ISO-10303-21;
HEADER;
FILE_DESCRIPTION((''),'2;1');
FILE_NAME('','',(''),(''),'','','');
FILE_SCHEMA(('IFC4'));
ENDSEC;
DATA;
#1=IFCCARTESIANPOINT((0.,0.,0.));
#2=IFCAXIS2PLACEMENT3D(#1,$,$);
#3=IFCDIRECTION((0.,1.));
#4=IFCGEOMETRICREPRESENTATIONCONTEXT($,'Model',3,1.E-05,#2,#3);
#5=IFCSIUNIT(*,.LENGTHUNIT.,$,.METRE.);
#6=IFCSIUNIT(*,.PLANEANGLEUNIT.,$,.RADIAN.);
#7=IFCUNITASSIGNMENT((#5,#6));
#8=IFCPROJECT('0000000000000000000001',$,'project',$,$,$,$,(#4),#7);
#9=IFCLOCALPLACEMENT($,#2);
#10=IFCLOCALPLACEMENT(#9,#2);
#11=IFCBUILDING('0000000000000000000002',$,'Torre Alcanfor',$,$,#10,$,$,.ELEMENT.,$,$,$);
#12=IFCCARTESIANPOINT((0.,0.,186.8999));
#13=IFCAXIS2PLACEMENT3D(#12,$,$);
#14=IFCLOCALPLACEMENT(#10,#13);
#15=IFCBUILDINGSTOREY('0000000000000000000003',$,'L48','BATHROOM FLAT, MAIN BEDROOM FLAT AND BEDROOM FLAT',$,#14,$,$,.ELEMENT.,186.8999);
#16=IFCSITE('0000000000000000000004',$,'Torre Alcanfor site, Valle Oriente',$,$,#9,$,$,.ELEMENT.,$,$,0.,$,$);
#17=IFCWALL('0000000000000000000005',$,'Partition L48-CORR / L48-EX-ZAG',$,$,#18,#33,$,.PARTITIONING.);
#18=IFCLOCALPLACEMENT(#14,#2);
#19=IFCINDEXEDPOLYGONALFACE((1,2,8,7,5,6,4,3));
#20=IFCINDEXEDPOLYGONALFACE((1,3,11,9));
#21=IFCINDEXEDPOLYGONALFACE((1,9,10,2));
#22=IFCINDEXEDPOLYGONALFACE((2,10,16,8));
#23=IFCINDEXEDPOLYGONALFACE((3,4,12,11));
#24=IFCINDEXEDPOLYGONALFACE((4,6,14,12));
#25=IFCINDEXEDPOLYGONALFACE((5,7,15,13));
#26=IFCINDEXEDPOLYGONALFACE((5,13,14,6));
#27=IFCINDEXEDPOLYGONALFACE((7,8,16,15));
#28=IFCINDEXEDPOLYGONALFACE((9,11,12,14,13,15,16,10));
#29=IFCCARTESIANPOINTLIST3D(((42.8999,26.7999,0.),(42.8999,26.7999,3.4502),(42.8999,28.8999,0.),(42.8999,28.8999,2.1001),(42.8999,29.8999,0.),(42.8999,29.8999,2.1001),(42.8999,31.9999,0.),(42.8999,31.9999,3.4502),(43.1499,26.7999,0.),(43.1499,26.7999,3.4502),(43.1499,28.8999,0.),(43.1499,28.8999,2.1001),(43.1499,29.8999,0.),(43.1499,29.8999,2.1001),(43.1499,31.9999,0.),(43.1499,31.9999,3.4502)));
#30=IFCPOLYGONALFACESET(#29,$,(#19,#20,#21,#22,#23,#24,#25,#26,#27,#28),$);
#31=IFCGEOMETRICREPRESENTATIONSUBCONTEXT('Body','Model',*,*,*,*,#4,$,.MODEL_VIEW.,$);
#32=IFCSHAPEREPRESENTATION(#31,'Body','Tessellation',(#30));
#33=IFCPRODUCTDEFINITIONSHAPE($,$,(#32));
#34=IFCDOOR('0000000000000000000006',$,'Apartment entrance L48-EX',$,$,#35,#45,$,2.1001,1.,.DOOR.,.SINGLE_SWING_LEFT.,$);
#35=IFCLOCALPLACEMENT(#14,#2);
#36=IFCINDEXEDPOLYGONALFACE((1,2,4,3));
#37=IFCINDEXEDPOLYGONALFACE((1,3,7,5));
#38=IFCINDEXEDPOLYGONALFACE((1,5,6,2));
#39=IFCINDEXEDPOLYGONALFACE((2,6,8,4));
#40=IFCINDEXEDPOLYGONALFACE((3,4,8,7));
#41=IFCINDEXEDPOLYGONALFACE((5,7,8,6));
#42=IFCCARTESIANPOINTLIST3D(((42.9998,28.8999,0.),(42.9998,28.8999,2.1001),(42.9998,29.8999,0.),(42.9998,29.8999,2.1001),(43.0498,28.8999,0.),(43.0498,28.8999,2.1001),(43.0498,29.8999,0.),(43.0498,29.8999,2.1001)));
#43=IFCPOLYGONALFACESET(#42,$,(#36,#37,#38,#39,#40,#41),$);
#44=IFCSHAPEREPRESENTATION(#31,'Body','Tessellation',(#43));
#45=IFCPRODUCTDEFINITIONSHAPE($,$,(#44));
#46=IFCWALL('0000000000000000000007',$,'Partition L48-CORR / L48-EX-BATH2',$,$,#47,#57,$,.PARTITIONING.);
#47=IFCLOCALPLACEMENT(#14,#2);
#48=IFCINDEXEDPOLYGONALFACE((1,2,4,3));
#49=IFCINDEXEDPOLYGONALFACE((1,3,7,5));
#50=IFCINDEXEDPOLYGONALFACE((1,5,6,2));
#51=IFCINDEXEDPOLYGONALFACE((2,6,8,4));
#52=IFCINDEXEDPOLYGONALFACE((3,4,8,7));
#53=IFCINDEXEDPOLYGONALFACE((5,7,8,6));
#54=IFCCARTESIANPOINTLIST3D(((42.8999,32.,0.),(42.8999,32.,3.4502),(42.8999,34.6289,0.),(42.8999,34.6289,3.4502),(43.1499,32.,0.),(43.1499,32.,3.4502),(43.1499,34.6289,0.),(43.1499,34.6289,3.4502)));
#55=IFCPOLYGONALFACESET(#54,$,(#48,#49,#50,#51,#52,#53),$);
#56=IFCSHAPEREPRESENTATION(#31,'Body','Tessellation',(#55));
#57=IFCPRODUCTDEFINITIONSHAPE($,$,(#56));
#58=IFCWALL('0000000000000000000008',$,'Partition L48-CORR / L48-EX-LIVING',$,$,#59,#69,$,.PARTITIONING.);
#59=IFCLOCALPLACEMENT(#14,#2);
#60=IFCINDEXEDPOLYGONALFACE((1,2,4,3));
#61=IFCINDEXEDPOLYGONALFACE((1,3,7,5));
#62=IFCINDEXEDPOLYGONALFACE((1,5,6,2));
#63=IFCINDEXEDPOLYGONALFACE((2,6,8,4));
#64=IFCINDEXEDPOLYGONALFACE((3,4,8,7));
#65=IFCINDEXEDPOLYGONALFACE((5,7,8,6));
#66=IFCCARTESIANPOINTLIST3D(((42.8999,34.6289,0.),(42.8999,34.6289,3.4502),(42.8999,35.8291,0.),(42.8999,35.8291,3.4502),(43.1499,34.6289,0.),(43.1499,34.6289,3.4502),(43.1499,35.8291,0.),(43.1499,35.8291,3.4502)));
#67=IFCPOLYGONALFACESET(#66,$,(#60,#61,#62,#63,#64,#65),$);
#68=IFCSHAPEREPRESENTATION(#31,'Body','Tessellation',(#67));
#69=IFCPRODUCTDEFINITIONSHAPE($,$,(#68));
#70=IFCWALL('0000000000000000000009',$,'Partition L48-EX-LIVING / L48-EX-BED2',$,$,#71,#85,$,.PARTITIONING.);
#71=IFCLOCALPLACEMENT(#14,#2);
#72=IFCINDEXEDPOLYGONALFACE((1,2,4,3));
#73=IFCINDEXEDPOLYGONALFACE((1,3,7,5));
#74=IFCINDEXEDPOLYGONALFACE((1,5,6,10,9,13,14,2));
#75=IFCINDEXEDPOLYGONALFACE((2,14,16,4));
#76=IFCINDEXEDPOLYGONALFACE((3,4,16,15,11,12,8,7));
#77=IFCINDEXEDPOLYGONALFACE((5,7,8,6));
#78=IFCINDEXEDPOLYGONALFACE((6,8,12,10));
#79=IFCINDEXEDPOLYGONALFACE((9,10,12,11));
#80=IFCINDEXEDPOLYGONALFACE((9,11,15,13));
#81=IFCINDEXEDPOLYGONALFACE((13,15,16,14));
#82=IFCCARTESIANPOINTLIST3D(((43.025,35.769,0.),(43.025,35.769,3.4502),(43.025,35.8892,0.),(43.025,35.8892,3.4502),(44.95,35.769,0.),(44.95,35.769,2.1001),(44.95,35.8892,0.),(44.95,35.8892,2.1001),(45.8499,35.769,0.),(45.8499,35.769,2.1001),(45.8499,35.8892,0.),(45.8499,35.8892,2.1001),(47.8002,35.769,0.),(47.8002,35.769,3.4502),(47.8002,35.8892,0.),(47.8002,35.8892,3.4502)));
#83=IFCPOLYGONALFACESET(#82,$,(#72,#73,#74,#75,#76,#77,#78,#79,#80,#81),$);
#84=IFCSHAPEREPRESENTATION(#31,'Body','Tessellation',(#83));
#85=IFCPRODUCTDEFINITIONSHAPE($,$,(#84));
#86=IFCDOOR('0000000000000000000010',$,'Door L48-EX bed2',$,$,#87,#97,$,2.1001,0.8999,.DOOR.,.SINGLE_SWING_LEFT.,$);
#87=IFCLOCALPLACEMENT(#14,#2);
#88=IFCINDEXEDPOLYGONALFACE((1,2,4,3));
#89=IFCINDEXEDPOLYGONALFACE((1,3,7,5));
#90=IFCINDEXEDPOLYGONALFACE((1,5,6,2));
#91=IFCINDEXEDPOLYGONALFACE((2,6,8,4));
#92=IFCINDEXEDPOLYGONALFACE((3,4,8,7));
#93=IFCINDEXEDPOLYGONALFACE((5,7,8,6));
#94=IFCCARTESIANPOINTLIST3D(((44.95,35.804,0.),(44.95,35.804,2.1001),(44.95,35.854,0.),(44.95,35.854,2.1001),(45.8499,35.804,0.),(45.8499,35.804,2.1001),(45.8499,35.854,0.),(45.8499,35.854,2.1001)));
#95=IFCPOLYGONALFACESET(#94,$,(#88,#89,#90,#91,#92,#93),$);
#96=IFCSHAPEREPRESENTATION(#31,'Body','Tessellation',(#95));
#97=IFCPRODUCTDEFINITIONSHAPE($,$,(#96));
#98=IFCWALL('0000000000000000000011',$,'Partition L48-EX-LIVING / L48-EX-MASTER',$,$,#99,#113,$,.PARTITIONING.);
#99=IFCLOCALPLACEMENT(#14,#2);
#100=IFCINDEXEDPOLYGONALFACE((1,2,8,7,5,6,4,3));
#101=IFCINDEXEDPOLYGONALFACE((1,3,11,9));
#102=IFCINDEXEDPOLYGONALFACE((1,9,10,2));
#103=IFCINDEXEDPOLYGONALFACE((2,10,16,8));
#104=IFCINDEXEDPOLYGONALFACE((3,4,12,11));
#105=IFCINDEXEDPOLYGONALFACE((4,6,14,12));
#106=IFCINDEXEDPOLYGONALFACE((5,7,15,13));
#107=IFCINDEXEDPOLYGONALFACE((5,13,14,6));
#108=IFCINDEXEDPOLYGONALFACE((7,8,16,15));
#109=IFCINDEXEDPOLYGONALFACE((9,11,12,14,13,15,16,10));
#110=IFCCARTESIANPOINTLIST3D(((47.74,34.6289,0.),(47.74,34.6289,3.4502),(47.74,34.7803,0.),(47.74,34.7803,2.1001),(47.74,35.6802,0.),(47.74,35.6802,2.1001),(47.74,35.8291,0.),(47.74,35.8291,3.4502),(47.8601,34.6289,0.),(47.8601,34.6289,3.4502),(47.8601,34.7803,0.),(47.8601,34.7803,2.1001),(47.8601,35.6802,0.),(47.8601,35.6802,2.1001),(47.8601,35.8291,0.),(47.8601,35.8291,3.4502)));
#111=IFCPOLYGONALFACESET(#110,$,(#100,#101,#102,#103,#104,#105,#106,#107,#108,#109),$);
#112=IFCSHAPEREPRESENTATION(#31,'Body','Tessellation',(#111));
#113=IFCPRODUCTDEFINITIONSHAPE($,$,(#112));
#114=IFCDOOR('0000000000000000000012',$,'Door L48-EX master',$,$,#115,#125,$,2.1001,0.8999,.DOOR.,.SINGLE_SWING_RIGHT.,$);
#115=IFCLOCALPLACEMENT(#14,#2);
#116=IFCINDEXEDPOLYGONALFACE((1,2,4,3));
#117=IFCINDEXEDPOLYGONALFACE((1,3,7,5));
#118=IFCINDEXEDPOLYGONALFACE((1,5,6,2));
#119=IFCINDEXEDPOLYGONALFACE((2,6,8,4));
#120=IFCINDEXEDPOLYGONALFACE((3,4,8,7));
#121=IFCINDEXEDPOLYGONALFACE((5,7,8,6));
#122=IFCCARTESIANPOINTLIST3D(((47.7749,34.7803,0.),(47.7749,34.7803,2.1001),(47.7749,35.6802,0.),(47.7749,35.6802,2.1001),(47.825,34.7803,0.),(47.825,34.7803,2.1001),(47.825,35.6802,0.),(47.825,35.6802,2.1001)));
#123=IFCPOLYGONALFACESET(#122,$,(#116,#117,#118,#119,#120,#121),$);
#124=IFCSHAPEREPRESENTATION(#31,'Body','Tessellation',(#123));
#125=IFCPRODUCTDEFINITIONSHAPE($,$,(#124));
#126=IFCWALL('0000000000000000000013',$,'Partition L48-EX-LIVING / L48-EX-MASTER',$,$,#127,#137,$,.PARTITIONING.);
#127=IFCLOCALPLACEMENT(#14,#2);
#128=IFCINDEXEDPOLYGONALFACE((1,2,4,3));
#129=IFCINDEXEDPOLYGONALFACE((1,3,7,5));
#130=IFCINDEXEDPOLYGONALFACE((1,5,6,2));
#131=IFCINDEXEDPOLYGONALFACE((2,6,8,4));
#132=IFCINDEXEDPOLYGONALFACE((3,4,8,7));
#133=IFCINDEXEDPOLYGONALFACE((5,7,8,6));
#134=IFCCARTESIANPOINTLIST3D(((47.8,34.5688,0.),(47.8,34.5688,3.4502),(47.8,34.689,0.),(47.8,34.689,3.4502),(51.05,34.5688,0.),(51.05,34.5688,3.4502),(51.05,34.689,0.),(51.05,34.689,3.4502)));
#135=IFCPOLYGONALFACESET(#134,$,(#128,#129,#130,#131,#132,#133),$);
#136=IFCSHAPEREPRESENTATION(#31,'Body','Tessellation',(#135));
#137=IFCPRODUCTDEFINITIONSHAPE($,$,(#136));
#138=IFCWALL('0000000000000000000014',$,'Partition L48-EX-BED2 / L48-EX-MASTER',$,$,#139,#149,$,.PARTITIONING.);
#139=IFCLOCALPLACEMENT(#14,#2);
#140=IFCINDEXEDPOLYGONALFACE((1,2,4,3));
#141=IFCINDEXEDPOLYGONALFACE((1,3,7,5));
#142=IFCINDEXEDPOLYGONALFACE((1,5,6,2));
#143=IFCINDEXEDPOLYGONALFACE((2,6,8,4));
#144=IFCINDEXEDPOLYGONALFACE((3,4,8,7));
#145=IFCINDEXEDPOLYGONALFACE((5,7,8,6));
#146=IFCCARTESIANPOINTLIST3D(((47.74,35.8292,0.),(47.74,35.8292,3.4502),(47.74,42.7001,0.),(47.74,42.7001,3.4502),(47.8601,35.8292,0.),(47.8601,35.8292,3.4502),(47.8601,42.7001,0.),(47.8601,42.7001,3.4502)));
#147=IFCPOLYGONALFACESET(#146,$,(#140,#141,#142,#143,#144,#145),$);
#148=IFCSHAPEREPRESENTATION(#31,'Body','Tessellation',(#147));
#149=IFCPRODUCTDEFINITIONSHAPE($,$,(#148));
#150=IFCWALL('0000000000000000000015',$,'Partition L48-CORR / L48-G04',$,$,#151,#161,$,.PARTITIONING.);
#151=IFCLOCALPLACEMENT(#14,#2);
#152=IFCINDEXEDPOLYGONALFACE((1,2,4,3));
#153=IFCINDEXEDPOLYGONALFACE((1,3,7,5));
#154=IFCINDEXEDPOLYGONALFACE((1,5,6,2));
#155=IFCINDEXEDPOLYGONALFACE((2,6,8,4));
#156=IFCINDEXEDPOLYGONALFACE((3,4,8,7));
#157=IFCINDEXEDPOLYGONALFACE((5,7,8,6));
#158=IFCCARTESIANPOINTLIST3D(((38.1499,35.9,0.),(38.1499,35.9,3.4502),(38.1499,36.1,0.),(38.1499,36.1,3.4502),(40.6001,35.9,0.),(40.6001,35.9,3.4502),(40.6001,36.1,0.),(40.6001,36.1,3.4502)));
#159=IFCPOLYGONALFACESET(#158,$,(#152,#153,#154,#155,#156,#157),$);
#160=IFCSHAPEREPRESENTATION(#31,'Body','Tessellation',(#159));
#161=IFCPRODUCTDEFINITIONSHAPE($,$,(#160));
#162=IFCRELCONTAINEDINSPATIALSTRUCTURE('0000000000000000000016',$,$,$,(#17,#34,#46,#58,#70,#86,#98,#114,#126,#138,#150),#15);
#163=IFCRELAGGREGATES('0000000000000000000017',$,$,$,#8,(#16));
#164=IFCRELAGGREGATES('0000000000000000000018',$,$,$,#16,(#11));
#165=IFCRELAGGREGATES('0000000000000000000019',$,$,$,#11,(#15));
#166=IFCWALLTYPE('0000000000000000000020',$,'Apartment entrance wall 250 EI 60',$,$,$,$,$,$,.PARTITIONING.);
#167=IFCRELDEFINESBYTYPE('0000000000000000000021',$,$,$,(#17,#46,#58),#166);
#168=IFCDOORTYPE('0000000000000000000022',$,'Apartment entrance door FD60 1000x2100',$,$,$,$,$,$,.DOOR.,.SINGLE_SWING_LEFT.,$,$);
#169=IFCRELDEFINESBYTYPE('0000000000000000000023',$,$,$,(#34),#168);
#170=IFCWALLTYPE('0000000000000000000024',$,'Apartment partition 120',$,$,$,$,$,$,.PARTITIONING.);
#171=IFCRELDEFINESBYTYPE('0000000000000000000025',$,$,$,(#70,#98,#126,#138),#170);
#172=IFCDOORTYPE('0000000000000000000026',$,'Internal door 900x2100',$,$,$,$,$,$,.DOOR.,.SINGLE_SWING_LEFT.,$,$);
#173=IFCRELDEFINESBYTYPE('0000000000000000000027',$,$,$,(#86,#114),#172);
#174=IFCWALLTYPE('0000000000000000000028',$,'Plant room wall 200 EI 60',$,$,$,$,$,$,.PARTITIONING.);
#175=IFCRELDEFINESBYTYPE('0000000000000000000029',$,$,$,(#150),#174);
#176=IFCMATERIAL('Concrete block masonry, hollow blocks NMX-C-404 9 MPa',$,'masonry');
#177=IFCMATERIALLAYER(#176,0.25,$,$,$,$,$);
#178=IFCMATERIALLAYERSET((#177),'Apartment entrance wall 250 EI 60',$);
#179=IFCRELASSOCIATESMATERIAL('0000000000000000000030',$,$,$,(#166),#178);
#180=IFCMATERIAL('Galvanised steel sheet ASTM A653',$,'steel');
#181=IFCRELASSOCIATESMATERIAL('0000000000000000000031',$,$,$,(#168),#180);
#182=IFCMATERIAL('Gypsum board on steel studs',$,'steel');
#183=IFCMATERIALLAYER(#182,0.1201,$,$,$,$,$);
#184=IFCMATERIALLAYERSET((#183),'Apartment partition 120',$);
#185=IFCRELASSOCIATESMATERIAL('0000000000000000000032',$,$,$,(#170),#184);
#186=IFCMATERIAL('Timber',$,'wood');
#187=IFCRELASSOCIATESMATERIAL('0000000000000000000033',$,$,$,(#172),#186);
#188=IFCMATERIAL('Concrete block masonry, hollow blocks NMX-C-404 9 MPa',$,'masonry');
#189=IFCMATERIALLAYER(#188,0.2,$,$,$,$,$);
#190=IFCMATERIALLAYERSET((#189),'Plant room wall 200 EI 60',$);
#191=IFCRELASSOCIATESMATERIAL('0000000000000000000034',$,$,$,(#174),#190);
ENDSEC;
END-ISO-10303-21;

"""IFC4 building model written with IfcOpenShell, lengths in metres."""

from ifc_helpers import new_model, si_unit, direction, frame, frame_2d, origin, place, context, subcontext, project, spatial, rectangle, extrude, material, layer, layer_set, type_object, element, fill, save


model = new_model("IFC4")

# Units and contexts
model_context = context("Model", 3, precision=1e-05, world=origin(), true_north=direction((0.0, 1.0)))
body_context = subcontext(model_context, "Body", "Model", "MODEL_VIEW")
ifc_project = project(units=[si_unit("LENGTHUNIT", "METRE"), si_unit("PLANEANGLEUNIT", "RADIAN")], contexts=[model_context])

# Site, building, storey
site_placement = place(None, origin())
site = spatial("IfcSite", under=ifc_project, at=site_placement, Name="Torre Alcanfor site, Valle Oriente", CompositionType="ELEMENT", RefElevation=0.0)
building_placement = place(site_placement, origin())
building = spatial("IfcBuilding", under=site, at=building_placement, Name="Torre Alcanfor", CompositionType="ELEMENT")
storey_placement = place(building_placement, frame((0.0, 0.0, 186.8999)))
storey = spatial("IfcBuildingStorey", under=building, at=storey_placement, Name="L48", Description="BATHROOM FLAT, MAIN BEDROOM FLAT AND BEDROOM FLAT", CompositionType="ELEMENT", Elevation=186.8999)

# Wall, opening, door
ifc_material_1 = material(Name="Concrete block masonry, hollow blocks NMX-C-404 9 MPa", Category="masonry")
ifc_layer_1 = layer(ifc_material_1, 0.25)
ifc_layer_set_1 = layer_set([ifc_layer_1], Name="Apartment entrance wall 250 EI 60")
wall_type_1 = type_object("IfcWallType", Name="Apartment entrance wall 250 EI 60", PredefinedType="PARTITIONING", material=ifc_layer_set_1)
wall_1_placement = place(storey_placement, frame((43.0249, 32.0, 0.0), z_axis=(0.0, 0.0, 1.0), x_axis=(0.0, -1.0, 0.0)))
wall_1 = element("IfcWall", 1, at=wall_1_placement, inside=storey, type_object=wall_type_1, Name="Partition L48-CORR / L48-EX-ZAG", PredefinedType="PARTITIONING", context=body_context, shape_type="SweptSolid", body=[
    extrude(rectangle(XDim=5.2, YDim=0.25, at=frame_2d((2.6001, 0.0))), origin(), (0.0, 0.0, 1.0), 3.4502),
])
opening_1_placement = place(wall_1_placement, frame((2.1001, 0.0, 0.0)))
opening_1 = element("IfcOpeningElement", 2, at=opening_1_placement, cuts=wall_1, PredefinedType="OPENING", context=body_context, shape_type="SweptSolid", body=[
    extrude(rectangle(XDim=1.0, YDim=2.1001, at=frame_2d((0.5, 1.05))), frame((0.0, 0.135, 0.0), z_axis=(0.0, -1.0, 0.0), x_axis=(1.0, 0.0, 0.0)), (0.0, 0.0, 1.0), 0.27),
])
ifc_material_2 = material(Name="Galvanised steel sheet ASTM A653", Category="steel")
door_type_1 = type_object("IfcDoorType", Name="Apartment entrance door FD60 1000x2100", OperationType="SINGLE_SWING_LEFT", PredefinedType="DOOR", material=ifc_material_2)
door_1_placement = place(opening_1_placement, origin())
door_1 = element("IfcDoor", 3, at=door_1_placement, inside=storey, type_object=door_type_1, Name="Apartment entrance L48-EX", OperationType="SINGLE_SWING_LEFT", OverallHeight=2.1001, OverallWidth=1.0, PredefinedType="DOOR", context=body_context, shape_type="SweptSolid", body=[
    extrude(rectangle(XDim=1.0, YDim=2.1001, at=frame_2d((0.5, 1.05))), frame((0.0, 0.0249, 0.0), z_axis=(0.0, -1.0, 0.0), x_axis=(1.0, 0.0, 0.0)), (0.0, 0.0, 1.0), 0.05),
])
fill(opening_1, door_1)

# Walls
wall_2_placement = place(storey_placement, frame((43.0249, 34.6289, 0.0), z_axis=(0.0, 0.0, 1.0), x_axis=(0.0, -1.0, 0.0)))
element("IfcWall", 4, at=wall_2_placement, inside=storey, type_object=wall_type_1, Name="Partition L48-CORR / L48-EX-BATH2", PredefinedType="PARTITIONING", context=body_context, shape_type="SweptSolid", body=[
    extrude(rectangle(XDim=2.6289, YDim=0.25, at=frame_2d((1.3145, 0.0))), origin(), (0.0, 0.0, 1.0), 3.4502),
])
wall_3_placement = place(storey_placement, frame((43.0249, 35.8291, 0.0), z_axis=(0.0, 0.0, 1.0), x_axis=(0.0, -1.0, 0.0)))
element("IfcWall", 5, at=wall_3_placement, inside=storey, type_object=wall_type_1, Name="Partition L48-CORR / L48-EX-LIVING", PredefinedType="PARTITIONING", context=body_context, shape_type="SweptSolid", body=[
    extrude(rectangle(XDim=1.2002, YDim=0.25, at=frame_2d((0.6001, 0.0))), origin(), (0.0, 0.0, 1.0), 3.4502),
])

# Walls, openings, doors
ifc_material_3 = material(Name="Gypsum board on steel studs", Category="steel")
ifc_layer_2 = layer(ifc_material_3, 0.1201)
ifc_layer_set_2 = layer_set([ifc_layer_2], Name="Apartment partition 120")
wall_type_2 = type_object("IfcWallType", Name="Apartment partition 120", PredefinedType="PARTITIONING", material=ifc_layer_set_2)
wall_4_placement = place(storey_placement, frame((43.0249, 35.8291, 0.0), z_axis=(0.0, 0.0, 1.0), x_axis=(1.0, 0.0, 0.0)))
wall_4 = element("IfcWall", 6, at=wall_4_placement, inside=storey, type_object=wall_type_2, Name="Partition L48-EX-LIVING / L48-EX-BED2", PredefinedType="PARTITIONING", context=body_context, shape_type="SweptSolid", body=[
    extrude(rectangle(XDim=4.7751, YDim=0.1201, at=frame_2d((2.3877, 0.0))), origin(), (0.0, 0.0, 1.0), 3.4502),
])
opening_2_placement = place(wall_4_placement, frame((1.925, 0.0, 0.0)))
opening_2 = element("IfcOpeningElement", 7, at=opening_2_placement, cuts=wall_4, PredefinedType="OPENING", context=body_context, shape_type="SweptSolid", body=[
    extrude(rectangle(XDim=0.8999, YDim=2.1001, at=frame_2d((0.45, 1.05))), frame((0.0, 0.0701, 0.0), z_axis=(0.0, -1.0, 0.0), x_axis=(1.0, 0.0, 0.0)), (0.0, 0.0, 1.0), 0.1401),
])
ifc_material_4 = material(Name="Timber", Category="wood")
door_type_2 = type_object("IfcDoorType", Name="Internal door 900x2100", OperationType="SINGLE_SWING_LEFT", PredefinedType="DOOR", material=ifc_material_4)
door_2_placement = place(opening_2_placement, origin())
door_2 = element("IfcDoor", 8, at=door_2_placement, inside=storey, type_object=door_type_2, Name="Door L48-EX bed2", OperationType="SINGLE_SWING_LEFT", OverallHeight=2.1001, OverallWidth=0.8999, PredefinedType="DOOR", context=body_context, shape_type="SweptSolid", body=[
    extrude(rectangle(XDim=0.8999, YDim=2.1001, at=frame_2d((0.45, 1.05))), frame((0.0, 0.0249, 0.0), z_axis=(0.0, -1.0, 0.0), x_axis=(1.0, 0.0, 0.0)), (0.0, 0.0, 1.0), 0.05),
])
fill(opening_2, door_2)
wall_5_placement = place(storey_placement, frame((47.8, 35.8291, 0.0), z_axis=(0.0, 0.0, 1.0), x_axis=(0.0, -1.0, 0.0)))
wall_5 = element("IfcWall", 9, at=wall_5_placement, inside=storey, type_object=wall_type_2, Name="Partition L48-EX-LIVING / L48-EX-MASTER", PredefinedType="PARTITIONING", context=body_context, shape_type="SweptSolid", body=[
    extrude(rectangle(XDim=1.2002, YDim=0.1201, at=frame_2d((0.6001, 0.0))), origin(), (0.0, 0.0, 1.0), 3.4502),
])
opening_3_placement = place(wall_5_placement, frame((0.1489, 0.0, 0.0)))
opening_3 = element("IfcOpeningElement", 10, at=opening_3_placement, cuts=wall_5, PredefinedType="OPENING", context=body_context, shape_type="SweptSolid", body=[
    extrude(rectangle(XDim=0.8999, YDim=2.1001, at=frame_2d((0.45, 1.05))), frame((0.0, 0.0701, 0.0), z_axis=(0.0, -1.0, 0.0), x_axis=(1.0, 0.0, 0.0)), (0.0, 0.0, 1.0), 0.1401),
])
door_3_placement = place(opening_3_placement, origin())
door_3 = element("IfcDoor", 11, at=door_3_placement, inside=storey, type_object=door_type_2, Name="Door L48-EX master", OperationType="SINGLE_SWING_RIGHT", OverallHeight=2.1001, OverallWidth=0.8999, PredefinedType="DOOR", context=body_context, shape_type="SweptSolid", body=[
    extrude(rectangle(XDim=0.8999, YDim=2.1001, at=frame_2d((0.45, 1.05))), frame((0.0, 0.0249, 0.0), z_axis=(0.0, -1.0, 0.0), x_axis=(1.0, 0.0, 0.0)), (0.0, 0.0, 1.0), 0.05),
])
fill(opening_3, door_3)

# Walls
wall_6_placement = place(storey_placement, frame((47.8, 34.6289, 0.0), z_axis=(0.0, 0.0, 1.0), x_axis=(1.0, 0.0, 0.0)))
element("IfcWall", 12, at=wall_6_placement, inside=storey, type_object=wall_type_2, Name="Partition L48-EX-LIVING / L48-EX-MASTER", PredefinedType="PARTITIONING", context=body_context, shape_type="SweptSolid", body=[
    extrude(rectangle(XDim=3.25, YDim=0.1201, at=frame_2d((1.625, 0.0))), origin(), (0.0, 0.0, 1.0), 3.4502),
])
wall_7_placement = place(storey_placement, frame((47.8, 35.8291, 0.0), z_axis=(0.0, 0.0, 1.0), x_axis=(0.0, 1.0, 0.0)))
element("IfcWall", 13, at=wall_7_placement, inside=storey, type_object=wall_type_2, Name="Partition L48-EX-BED2 / L48-EX-MASTER", PredefinedType="PARTITIONING", context=body_context, shape_type="SweptSolid", body=[
    extrude(rectangle(XDim=6.8708, YDim=0.1201, at=frame_2d((3.4355, 0.0))), origin(), (0.0, 0.0, 1.0), 3.4502),
])
ifc_material_5 = material(Name="Concrete block masonry, hollow blocks NMX-C-404 9 MPa", Category="masonry")
ifc_layer_3 = layer(ifc_material_5, 0.2)
ifc_layer_set_3 = layer_set([ifc_layer_3], Name="Plant room wall 200 EI 60")
wall_type_3 = type_object("IfcWallType", Name="Plant room wall 200 EI 60", PredefinedType="PARTITIONING", material=ifc_layer_set_3)
wall_8_placement = place(storey_placement, frame((38.1499, 36.0, 0.0), z_axis=(0.0, 0.0, 1.0), x_axis=(1.0, 0.0, 0.0)))
element("IfcWall", 14, at=wall_8_placement, inside=storey, type_object=wall_type_3, Name="Partition L48-CORR / L48-G04", PredefinedType="PARTITIONING", context=body_context, shape_type="SweptSolid", body=[
    extrude(rectangle(XDim=2.4502, YDim=0.2, at=frame_2d((1.2251, 0.0))), origin(), (0.0, 0.0, 1.0), 3.4502),
])

save(model, "model.ifc")
